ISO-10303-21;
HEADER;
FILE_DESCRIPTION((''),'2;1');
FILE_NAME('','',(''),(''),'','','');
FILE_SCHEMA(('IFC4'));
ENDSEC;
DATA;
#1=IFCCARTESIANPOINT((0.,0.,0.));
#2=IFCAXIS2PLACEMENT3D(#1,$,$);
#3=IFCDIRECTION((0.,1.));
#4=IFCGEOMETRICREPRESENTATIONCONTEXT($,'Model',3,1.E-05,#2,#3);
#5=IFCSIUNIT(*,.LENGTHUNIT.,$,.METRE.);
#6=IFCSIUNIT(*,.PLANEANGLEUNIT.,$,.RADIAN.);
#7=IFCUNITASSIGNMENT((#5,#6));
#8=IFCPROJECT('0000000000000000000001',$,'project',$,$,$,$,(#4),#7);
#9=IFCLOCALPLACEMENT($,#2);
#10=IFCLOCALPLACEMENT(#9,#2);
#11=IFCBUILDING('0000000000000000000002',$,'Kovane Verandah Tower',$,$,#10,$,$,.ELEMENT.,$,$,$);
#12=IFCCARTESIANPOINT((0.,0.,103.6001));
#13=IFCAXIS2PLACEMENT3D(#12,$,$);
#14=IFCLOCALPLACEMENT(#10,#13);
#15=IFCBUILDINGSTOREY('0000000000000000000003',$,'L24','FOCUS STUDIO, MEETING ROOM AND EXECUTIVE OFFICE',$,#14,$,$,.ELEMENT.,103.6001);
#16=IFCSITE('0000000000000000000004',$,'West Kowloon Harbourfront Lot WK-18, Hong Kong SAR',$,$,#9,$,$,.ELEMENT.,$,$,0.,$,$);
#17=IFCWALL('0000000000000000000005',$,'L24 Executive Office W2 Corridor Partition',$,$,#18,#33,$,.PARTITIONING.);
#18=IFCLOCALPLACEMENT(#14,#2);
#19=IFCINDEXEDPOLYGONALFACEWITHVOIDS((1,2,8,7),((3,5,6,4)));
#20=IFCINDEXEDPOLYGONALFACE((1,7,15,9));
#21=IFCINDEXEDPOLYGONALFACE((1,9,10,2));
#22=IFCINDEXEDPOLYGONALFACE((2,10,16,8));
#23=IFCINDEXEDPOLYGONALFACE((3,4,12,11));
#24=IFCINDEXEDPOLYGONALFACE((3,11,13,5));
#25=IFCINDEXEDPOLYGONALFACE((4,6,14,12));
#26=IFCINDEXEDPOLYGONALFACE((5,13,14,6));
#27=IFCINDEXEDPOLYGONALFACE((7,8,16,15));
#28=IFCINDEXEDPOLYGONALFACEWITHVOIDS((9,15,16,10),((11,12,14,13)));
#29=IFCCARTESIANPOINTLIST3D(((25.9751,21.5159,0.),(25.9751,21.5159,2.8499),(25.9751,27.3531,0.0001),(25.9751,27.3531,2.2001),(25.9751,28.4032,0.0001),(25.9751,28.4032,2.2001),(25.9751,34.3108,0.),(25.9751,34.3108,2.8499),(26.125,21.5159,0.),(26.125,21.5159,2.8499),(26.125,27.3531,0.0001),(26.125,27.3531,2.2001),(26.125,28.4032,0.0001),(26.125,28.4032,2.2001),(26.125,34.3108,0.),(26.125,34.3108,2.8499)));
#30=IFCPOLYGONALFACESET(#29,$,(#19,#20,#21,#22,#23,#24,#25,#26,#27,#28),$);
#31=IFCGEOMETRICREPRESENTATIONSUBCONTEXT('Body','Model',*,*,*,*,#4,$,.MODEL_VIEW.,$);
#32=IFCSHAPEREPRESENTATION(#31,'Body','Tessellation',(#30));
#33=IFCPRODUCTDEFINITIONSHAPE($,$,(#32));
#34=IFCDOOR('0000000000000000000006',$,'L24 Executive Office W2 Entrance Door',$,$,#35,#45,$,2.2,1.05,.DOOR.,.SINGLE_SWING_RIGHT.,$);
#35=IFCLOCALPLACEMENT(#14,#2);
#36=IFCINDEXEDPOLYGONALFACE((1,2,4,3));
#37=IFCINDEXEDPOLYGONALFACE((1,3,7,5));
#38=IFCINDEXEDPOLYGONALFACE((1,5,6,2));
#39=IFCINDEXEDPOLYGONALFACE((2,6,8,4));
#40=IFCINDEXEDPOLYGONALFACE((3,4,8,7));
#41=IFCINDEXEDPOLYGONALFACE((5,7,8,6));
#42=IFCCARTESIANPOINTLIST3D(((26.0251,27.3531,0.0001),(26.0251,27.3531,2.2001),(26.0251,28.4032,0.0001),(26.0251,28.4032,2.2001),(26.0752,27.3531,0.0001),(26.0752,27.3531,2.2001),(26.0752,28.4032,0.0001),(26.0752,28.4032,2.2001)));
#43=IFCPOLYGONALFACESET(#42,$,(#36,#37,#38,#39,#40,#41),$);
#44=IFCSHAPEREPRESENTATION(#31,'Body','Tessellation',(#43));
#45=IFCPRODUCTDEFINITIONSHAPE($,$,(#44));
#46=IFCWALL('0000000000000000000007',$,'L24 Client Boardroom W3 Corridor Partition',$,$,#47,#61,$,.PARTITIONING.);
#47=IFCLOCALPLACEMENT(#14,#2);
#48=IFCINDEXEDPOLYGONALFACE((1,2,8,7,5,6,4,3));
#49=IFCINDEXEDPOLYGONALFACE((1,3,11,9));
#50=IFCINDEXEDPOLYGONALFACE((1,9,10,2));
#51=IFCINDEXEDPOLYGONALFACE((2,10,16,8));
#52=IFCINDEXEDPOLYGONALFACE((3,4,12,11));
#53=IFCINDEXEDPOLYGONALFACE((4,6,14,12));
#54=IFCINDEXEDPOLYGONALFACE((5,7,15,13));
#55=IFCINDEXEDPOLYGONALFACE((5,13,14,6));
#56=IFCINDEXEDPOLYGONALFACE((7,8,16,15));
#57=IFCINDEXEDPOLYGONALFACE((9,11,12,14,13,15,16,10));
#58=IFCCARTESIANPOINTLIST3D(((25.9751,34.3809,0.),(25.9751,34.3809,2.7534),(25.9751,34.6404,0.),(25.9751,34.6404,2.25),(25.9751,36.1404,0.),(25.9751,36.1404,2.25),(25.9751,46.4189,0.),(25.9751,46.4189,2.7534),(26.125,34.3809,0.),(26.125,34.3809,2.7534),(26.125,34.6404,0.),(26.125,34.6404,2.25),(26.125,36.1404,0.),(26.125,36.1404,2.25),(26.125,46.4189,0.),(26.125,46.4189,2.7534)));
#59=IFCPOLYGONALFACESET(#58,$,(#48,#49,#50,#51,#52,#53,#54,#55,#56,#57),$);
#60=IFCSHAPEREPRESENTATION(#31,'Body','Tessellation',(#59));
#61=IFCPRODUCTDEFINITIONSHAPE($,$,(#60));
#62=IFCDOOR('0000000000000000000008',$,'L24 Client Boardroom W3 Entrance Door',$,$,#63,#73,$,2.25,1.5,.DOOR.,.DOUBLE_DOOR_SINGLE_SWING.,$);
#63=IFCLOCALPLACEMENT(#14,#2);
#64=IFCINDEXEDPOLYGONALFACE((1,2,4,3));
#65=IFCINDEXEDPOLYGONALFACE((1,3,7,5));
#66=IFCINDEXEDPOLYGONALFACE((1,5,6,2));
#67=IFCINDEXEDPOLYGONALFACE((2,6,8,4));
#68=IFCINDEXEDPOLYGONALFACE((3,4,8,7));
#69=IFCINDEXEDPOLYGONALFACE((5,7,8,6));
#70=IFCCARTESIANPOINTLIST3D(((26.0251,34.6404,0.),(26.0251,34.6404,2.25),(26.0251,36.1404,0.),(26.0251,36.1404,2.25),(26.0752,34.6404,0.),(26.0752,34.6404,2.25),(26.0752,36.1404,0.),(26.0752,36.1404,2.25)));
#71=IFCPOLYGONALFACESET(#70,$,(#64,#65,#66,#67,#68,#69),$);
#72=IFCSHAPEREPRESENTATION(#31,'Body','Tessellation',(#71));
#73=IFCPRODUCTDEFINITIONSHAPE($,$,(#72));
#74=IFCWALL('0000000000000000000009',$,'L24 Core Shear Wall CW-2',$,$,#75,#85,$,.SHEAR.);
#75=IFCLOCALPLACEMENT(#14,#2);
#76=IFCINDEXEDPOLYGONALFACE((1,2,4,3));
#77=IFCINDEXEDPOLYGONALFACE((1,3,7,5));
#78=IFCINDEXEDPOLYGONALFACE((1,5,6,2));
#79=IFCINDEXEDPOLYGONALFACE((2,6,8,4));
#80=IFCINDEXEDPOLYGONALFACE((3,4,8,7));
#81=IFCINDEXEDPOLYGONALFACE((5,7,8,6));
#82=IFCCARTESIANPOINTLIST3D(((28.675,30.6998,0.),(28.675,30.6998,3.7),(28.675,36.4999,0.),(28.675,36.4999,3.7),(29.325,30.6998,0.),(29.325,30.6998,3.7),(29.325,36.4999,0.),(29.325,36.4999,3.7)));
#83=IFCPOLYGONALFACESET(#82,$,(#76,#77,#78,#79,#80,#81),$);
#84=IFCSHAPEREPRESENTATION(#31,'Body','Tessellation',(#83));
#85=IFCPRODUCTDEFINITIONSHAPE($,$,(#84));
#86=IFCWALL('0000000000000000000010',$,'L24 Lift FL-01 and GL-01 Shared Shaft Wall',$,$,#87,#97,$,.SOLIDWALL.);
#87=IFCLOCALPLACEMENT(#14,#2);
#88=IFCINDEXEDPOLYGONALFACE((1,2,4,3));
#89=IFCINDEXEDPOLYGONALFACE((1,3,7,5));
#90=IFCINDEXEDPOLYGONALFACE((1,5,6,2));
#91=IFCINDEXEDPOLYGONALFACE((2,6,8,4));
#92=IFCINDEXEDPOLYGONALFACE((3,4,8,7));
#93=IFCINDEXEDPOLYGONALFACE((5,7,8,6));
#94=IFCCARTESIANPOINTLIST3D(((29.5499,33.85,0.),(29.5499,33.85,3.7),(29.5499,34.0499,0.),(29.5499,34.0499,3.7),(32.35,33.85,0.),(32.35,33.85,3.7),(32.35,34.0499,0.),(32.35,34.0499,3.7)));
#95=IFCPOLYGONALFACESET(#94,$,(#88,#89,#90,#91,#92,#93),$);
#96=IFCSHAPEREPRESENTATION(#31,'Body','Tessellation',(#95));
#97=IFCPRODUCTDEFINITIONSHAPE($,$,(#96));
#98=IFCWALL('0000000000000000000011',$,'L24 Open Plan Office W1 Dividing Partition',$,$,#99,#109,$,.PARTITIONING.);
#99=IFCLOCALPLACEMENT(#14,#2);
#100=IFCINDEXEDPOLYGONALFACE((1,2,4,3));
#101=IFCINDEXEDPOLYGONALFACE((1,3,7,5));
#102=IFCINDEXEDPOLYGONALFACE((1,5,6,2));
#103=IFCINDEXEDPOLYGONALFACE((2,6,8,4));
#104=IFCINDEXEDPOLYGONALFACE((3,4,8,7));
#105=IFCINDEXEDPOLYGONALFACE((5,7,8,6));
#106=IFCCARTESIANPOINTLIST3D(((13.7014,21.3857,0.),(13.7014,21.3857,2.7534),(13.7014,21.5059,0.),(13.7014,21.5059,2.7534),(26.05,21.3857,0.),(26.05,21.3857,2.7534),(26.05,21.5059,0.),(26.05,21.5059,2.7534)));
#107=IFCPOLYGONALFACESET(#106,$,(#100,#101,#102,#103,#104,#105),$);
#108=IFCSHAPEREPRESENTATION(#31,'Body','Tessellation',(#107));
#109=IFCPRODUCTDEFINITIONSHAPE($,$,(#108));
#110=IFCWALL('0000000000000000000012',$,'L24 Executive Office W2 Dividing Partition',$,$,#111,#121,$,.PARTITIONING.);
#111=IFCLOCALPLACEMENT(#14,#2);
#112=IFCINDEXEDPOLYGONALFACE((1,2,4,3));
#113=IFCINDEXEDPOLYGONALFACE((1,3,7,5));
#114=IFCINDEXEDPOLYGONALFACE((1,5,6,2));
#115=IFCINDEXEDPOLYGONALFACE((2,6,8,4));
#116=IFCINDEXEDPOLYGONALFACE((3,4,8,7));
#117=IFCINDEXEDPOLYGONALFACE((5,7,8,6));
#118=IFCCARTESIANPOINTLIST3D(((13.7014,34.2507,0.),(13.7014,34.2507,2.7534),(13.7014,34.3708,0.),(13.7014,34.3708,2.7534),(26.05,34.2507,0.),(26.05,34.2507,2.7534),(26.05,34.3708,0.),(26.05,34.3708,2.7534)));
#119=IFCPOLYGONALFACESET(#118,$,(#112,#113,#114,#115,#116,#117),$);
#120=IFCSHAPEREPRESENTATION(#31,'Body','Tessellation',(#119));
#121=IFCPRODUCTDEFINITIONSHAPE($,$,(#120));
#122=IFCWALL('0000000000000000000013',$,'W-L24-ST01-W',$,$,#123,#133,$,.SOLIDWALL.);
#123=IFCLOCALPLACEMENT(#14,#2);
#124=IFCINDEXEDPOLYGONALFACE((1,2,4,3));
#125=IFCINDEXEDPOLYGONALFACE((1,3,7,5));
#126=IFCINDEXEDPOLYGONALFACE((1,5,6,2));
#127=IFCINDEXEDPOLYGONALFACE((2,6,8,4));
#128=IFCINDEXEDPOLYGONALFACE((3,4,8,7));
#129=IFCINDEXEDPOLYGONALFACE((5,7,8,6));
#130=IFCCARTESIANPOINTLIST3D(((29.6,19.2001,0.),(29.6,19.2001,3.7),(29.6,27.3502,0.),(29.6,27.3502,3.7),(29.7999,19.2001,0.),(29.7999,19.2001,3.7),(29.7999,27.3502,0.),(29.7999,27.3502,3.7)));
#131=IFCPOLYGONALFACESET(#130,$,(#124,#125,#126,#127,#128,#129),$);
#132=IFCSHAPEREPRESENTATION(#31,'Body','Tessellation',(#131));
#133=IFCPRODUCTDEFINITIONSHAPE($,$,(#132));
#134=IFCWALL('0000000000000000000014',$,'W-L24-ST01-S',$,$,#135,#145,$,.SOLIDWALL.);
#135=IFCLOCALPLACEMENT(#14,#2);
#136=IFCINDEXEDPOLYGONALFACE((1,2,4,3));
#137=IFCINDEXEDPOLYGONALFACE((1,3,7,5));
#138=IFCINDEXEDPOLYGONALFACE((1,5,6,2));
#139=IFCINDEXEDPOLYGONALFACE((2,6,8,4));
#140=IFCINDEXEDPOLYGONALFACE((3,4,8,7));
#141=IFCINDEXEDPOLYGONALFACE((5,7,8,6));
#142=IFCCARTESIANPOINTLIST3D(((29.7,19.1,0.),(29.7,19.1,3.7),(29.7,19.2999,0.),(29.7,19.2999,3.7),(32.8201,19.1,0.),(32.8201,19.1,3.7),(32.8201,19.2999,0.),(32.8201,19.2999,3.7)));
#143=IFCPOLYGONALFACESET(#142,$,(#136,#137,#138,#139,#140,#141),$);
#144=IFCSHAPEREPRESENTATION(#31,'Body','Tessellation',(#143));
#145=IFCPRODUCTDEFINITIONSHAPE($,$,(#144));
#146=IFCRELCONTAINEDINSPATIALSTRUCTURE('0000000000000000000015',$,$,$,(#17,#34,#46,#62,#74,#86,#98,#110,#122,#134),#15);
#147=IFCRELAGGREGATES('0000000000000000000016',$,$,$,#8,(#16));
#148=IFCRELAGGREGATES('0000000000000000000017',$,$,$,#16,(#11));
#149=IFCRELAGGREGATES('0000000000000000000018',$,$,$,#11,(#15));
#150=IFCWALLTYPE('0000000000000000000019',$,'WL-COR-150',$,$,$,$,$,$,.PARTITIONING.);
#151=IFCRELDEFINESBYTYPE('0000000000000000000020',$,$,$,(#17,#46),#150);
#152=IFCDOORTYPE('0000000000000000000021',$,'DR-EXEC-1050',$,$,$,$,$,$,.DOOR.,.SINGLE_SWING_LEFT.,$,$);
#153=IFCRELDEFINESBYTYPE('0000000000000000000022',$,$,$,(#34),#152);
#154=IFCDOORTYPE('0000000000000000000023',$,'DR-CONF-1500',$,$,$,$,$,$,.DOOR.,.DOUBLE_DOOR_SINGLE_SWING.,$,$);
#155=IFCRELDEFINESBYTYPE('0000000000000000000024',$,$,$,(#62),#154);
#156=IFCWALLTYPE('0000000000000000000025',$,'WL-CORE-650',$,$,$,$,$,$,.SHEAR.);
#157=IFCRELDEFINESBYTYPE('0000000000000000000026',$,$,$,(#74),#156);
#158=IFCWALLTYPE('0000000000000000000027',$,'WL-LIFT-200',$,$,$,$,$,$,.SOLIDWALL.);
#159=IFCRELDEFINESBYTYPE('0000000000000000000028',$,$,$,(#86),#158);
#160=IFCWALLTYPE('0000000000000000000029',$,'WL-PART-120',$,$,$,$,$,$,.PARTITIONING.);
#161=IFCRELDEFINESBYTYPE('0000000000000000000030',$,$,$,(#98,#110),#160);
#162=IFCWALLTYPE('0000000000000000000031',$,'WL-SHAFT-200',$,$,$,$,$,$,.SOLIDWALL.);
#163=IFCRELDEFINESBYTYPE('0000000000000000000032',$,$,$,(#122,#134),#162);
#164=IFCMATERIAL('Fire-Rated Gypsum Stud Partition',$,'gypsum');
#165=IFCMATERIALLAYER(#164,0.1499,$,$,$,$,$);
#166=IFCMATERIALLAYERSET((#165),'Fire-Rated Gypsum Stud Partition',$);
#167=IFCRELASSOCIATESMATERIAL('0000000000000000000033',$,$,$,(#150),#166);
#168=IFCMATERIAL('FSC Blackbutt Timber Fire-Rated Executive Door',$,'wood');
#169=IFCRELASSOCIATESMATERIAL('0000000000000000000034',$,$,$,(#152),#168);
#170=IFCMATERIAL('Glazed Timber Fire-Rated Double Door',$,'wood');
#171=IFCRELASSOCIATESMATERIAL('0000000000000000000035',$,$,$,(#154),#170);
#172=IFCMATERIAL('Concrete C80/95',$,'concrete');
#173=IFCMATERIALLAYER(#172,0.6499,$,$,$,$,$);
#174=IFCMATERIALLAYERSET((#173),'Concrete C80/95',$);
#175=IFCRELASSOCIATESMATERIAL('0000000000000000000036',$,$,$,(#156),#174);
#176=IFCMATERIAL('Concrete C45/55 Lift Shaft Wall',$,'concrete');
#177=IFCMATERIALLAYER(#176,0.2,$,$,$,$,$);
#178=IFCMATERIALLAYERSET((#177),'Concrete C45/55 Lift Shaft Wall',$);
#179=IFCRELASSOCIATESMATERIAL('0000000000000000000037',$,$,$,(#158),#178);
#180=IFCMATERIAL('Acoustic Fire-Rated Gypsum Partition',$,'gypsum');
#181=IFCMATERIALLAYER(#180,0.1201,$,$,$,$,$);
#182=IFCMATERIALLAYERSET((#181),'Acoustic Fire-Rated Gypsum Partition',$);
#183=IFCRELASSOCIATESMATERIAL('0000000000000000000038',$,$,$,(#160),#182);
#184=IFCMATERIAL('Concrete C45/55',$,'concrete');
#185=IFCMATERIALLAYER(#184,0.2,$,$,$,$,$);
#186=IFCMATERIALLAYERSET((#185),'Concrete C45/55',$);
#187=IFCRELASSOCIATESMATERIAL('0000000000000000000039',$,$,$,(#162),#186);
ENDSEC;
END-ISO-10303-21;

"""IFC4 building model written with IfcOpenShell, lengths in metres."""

from ifc_helpers import new_model, si_unit, direction, frame, frame_2d, origin, place, context, subcontext, project, spatial, rectangle, extrude, material, layer, layer_set, type_object, element, fill, save


model = new_model("IFC4")

# Units and contexts
model_context = context("Model", 3, precision=1e-05, world=origin(), true_north=direction((0.0, 1.0)))
body_context = subcontext(model_context, "Body", "Model", "MODEL_VIEW")
ifc_project = project(units=[si_unit("LENGTHUNIT", "METRE"), si_unit("PLANEANGLEUNIT", "RADIAN")], contexts=[model_context])

# Site, building, storey
site_placement = place(None, origin())
site = spatial("IfcSite", under=ifc_project, at=site_placement, Name="West Kowloon Harbourfront Lot WK-18, Hong Kong SAR", CompositionType="ELEMENT", RefElevation=0.0)
building_placement = place(site_placement, origin())
building = spatial("IfcBuilding", under=site, at=building_placement, Name="Kovane Verandah Tower", CompositionType="ELEMENT")
storey_placement = place(building_placement, frame((0.0, 0.0, 103.6001)))
storey = spatial("IfcBuildingStorey", under=building, at=storey_placement, Name="L24", Description="FOCUS STUDIO, MEETING ROOM AND EXECUTIVE OFFICE", CompositionType="ELEMENT", Elevation=103.6001)

# Shared definitions
ifc_material_1 = material(Name="Concrete C80/95", Category="concrete")

# Walls, openings, doors
ifc_material_2 = material(Name="Fire-Rated Gypsum Stud Partition", Category="gypsum")
ifc_layer_1 = layer(ifc_material_2, 0.1499)
ifc_layer_set_1 = layer_set([ifc_layer_1], Name="Fire-Rated Gypsum Stud Partition")
wall_type_1 = type_object("IfcWallType", Name="WL-COR-150", PredefinedType="PARTITIONING", material=ifc_layer_set_1)
wall_1_placement = place(storey_placement, frame((26.05, 21.5159, 0.0), z_axis=(0.0, 0.0, 1.0), x_axis=(0.0, 1.0, 0.0)))
wall_1 = element("IfcWall", 1, at=wall_1_placement, inside=storey, type_object=wall_type_1, Name="L24 Executive Office W2 Corridor Partition", PredefinedType="PARTITIONING", context=body_context, shape_type="SweptSolid", body=[
    extrude(rectangle(XDim=12.7949, YDim=0.1499, at=frame_2d((6.3975, 0.0))), origin(), (0.0, 0.0, 1.0), 2.8499),
])
opening_1_placement = place(wall_1_placement, frame((5.8374, 0.0, 0.0)))
opening_1 = element("IfcOpeningElement", 2, at=opening_1_placement, cuts=wall_1, PredefinedType="OPENING", context=body_context, shape_type="SweptSolid", body=[
    extrude(rectangle(XDim=1.05, YDim=2.2, at=frame_2d((0.5249, 1.1001))), frame((0.0, 0.075, 0.0), z_axis=(0.0, -1.0, 0.0), x_axis=(1.0, 0.0, 0.0)), (0.0, 0.0, 1.0), 0.1499),
])
ifc_material_3 = material(Name="FSC Blackbutt Timber Fire-Rated Executive Door", Category="wood")
door_type_1 = type_object("IfcDoorType", Name="DR-EXEC-1050", OperationType="SINGLE_SWING_LEFT", PredefinedType="DOOR", material=ifc_material_3)
door_1_placement = place(opening_1_placement, origin())
door_1 = element("IfcDoor", 3, at=door_1_placement, inside=storey, type_object=door_type_1, Name="L24 Executive Office W2 Entrance Door", OperationType="SINGLE_SWING_RIGHT", OverallHeight=2.2, OverallWidth=1.05, PredefinedType="DOOR", context=body_context, shape_type="SweptSolid", body=[
    extrude(rectangle(XDim=1.05, YDim=2.2, at=frame_2d((0.5249, 1.1001))), frame((0.0, 0.0249, 0.0), z_axis=(0.0, -1.0, 0.0), x_axis=(1.0, 0.0, 0.0)), (0.0, 0.0, 1.0), 0.05),
])
fill(opening_1, door_1)
wall_2_placement = place(storey_placement, frame((26.05, 34.3809, 0.0), z_axis=(0.0, 0.0, 1.0), x_axis=(0.0, 1.0, 0.0)))
wall_2 = element("IfcWall", 4, at=wall_2_placement, inside=storey, type_object=wall_type_1, Name="L24 Client Boardroom W3 Corridor Partition", PredefinedType="PARTITIONING", context=body_context, shape_type="SweptSolid", body=[
    extrude(rectangle(XDim=12.0381, YDim=0.1499, at=frame_2d((6.019, 0.0))), origin(), (0.0, 0.0, 1.0), 2.7534),
])
opening_2_placement = place(wall_2_placement, frame((0.2595, 0.0, 0.0)))
opening_2 = element("IfcOpeningElement", 5, at=opening_2_placement, cuts=wall_2, PredefinedType="OPENING", context=body_context, shape_type="SweptSolid", body=[
    extrude(rectangle(XDim=1.5, YDim=2.25, at=frame_2d((0.75, 1.125))), frame((0.0, 0.075, 0.0), z_axis=(0.0, -1.0, 0.0), x_axis=(1.0, 0.0, 0.0)), (0.0, 0.0, 1.0), 0.1499),
])
ifc_material_4 = material(Name="Glazed Timber Fire-Rated Double Door", Category="wood")
door_type_2 = type_object("IfcDoorType", Name="DR-CONF-1500", OperationType="DOUBLE_DOOR_SINGLE_SWING", PredefinedType="DOOR", material=ifc_material_4)
door_2_placement = place(opening_2_placement, origin())
door_2 = element("IfcDoor", 6, at=door_2_placement, inside=storey, type_object=door_type_2, Name="L24 Client Boardroom W3 Entrance Door", OperationType="DOUBLE_DOOR_SINGLE_SWING", OverallHeight=2.25, OverallWidth=1.5, PredefinedType="DOOR", context=body_context, shape_type="SweptSolid", body=[
    extrude(rectangle(XDim=1.5, YDim=2.25, at=frame_2d((0.75, 1.125))), frame((0.0, 0.0249, 0.0), z_axis=(0.0, -1.0, 0.0), x_axis=(1.0, 0.0, 0.0)), (0.0, 0.0, 1.0), 0.05),
])
fill(opening_2, door_2)

# Wall
ifc_layer_2 = layer(ifc_material_1, 0.6499)
ifc_layer_set_2 = layer_set([ifc_layer_2], Name="Concrete C80/95")
wall_type_2 = type_object("IfcWallType", Name="WL-CORE-650", PredefinedType="SHEAR", material=ifc_layer_set_2)
wall_3_placement = place(storey_placement, frame((29.0, 30.7, 0.0), z_axis=(0.0, 0.0, 1.0), x_axis=(0.0, 1.0, 0.0)))
element("IfcWall", 7, at=wall_3_placement, inside=storey, type_object=wall_type_2, Name="L24 Core Shear Wall CW-2", PredefinedType="SHEAR", context=body_context, shape_type="SweptSolid", body=[
    extrude(rectangle(XDim=5.8, YDim=0.6499, at=frame_2d((2.8999, 0.0))), origin(), (0.0, 0.0, 1.0), 3.7),
])

# Shared definitions
ifc_material_5 = material(Name="Concrete C45/55 Lift Shaft Wall", Category="concrete")
ifc_layer_3 = layer(ifc_material_5, 0.2)
ifc_layer_set_3 = layer_set([ifc_layer_3], Name="Concrete C45/55 Lift Shaft Wall")
wall_type_3 = type_object("IfcWallType", Name="WL-LIFT-200", PredefinedType="SOLIDWALL", material=ifc_layer_set_3)

# Walls
wall_4_placement = place(storey_placement, frame((29.55, 33.95, 0.0), z_axis=(0.0, 0.0, 1.0), x_axis=(1.0, 0.0, 0.0)))
element("IfcWall", 8, at=wall_4_placement, inside=storey, type_object=wall_type_3, Name="L24 Lift FL-01 and GL-01 Shared Shaft Wall", PredefinedType="SOLIDWALL", context=body_context, shape_type="SweptSolid", body=[
    extrude(rectangle(XDim=2.8, YDim=0.2, at=frame_2d((1.3999, 0.0))), origin(), (0.0, 0.0, 1.0), 3.7),
])
ifc_material_6 = material(Name="Acoustic Fire-Rated Gypsum Partition", Category="gypsum")
ifc_layer_4 = layer(ifc_material_6, 0.1201)
ifc_layer_set_4 = layer_set([ifc_layer_4], Name="Acoustic Fire-Rated Gypsum Partition")
wall_type_4 = type_object("IfcWallType", Name="WL-PART-120", PredefinedType="PARTITIONING", material=ifc_layer_set_4)
for number, where, z_axis, x_axis, name in (
    (9, (13.7014, 21.4458, 0.0), (0.0, 0.0, 1.0), (1.0, 0.0, 0.0), "L24 Open Plan Office W1 Dividing Partition"),
    (10, (13.7014, 34.3108, 0.0), (0.0, 0.0, 1.0), (1.0, 0.0, 0.0), "L24 Executive Office W2 Dividing Partition"),
):
    element("IfcWall", number, at=place(storey_placement, frame(where, z_axis=z_axis, x_axis=x_axis)), inside=storey, type_object=wall_type_4, Name=name, PredefinedType="PARTITIONING", context=body_context, shape_type="SweptSolid", body=[
        extrude(rectangle(XDim=12.3486, YDim=0.1201, at=frame_2d((6.1743, 0.0))), origin(), (0.0, 0.0, 1.0), 2.7534),
    ])
ifc_material_7 = material(Name="Concrete C45/55", Category="concrete")
ifc_layer_5 = layer(ifc_material_7, 0.2)
ifc_layer_set_5 = layer_set([ifc_layer_5], Name="Concrete C45/55")
wall_type_5 = type_object("IfcWallType", Name="WL-SHAFT-200", PredefinedType="SOLIDWALL", material=ifc_layer_set_5)
wall_5_placement = place(storey_placement, frame((29.7, 19.2, 0.0), z_axis=(0.0, 0.0, 1.0), x_axis=(0.0, 1.0, 0.0)))
element("IfcWall", 11, at=wall_5_placement, inside=storey, type_object=wall_type_5, Name="W-L24-ST01-W", PredefinedType="SOLIDWALL", context=body_context, shape_type="SweptSolid", body=[
    extrude(rectangle(XDim=8.1501, YDim=0.2, at=frame_2d((4.0752, 0.0))), origin(), (0.0, 0.0, 1.0), 3.7),
])
wall_6_placement = place(storey_placement, frame((29.7, 19.2, 0.0), z_axis=(0.0, 0.0, 1.0), x_axis=(1.0, 0.0, 0.0)))
element("IfcWall", 12, at=wall_6_placement, inside=storey, type_object=wall_type_5, Name="W-L24-ST01-S", PredefinedType="SOLIDWALL", context=body_context, shape_type="SweptSolid", body=[
    extrude(rectangle(XDim=3.1201, YDim=0.2, at=frame_2d((1.5601, 0.0))), origin(), (0.0, 0.0, 1.0), 3.7),
])

save(model, "model.ifc")
